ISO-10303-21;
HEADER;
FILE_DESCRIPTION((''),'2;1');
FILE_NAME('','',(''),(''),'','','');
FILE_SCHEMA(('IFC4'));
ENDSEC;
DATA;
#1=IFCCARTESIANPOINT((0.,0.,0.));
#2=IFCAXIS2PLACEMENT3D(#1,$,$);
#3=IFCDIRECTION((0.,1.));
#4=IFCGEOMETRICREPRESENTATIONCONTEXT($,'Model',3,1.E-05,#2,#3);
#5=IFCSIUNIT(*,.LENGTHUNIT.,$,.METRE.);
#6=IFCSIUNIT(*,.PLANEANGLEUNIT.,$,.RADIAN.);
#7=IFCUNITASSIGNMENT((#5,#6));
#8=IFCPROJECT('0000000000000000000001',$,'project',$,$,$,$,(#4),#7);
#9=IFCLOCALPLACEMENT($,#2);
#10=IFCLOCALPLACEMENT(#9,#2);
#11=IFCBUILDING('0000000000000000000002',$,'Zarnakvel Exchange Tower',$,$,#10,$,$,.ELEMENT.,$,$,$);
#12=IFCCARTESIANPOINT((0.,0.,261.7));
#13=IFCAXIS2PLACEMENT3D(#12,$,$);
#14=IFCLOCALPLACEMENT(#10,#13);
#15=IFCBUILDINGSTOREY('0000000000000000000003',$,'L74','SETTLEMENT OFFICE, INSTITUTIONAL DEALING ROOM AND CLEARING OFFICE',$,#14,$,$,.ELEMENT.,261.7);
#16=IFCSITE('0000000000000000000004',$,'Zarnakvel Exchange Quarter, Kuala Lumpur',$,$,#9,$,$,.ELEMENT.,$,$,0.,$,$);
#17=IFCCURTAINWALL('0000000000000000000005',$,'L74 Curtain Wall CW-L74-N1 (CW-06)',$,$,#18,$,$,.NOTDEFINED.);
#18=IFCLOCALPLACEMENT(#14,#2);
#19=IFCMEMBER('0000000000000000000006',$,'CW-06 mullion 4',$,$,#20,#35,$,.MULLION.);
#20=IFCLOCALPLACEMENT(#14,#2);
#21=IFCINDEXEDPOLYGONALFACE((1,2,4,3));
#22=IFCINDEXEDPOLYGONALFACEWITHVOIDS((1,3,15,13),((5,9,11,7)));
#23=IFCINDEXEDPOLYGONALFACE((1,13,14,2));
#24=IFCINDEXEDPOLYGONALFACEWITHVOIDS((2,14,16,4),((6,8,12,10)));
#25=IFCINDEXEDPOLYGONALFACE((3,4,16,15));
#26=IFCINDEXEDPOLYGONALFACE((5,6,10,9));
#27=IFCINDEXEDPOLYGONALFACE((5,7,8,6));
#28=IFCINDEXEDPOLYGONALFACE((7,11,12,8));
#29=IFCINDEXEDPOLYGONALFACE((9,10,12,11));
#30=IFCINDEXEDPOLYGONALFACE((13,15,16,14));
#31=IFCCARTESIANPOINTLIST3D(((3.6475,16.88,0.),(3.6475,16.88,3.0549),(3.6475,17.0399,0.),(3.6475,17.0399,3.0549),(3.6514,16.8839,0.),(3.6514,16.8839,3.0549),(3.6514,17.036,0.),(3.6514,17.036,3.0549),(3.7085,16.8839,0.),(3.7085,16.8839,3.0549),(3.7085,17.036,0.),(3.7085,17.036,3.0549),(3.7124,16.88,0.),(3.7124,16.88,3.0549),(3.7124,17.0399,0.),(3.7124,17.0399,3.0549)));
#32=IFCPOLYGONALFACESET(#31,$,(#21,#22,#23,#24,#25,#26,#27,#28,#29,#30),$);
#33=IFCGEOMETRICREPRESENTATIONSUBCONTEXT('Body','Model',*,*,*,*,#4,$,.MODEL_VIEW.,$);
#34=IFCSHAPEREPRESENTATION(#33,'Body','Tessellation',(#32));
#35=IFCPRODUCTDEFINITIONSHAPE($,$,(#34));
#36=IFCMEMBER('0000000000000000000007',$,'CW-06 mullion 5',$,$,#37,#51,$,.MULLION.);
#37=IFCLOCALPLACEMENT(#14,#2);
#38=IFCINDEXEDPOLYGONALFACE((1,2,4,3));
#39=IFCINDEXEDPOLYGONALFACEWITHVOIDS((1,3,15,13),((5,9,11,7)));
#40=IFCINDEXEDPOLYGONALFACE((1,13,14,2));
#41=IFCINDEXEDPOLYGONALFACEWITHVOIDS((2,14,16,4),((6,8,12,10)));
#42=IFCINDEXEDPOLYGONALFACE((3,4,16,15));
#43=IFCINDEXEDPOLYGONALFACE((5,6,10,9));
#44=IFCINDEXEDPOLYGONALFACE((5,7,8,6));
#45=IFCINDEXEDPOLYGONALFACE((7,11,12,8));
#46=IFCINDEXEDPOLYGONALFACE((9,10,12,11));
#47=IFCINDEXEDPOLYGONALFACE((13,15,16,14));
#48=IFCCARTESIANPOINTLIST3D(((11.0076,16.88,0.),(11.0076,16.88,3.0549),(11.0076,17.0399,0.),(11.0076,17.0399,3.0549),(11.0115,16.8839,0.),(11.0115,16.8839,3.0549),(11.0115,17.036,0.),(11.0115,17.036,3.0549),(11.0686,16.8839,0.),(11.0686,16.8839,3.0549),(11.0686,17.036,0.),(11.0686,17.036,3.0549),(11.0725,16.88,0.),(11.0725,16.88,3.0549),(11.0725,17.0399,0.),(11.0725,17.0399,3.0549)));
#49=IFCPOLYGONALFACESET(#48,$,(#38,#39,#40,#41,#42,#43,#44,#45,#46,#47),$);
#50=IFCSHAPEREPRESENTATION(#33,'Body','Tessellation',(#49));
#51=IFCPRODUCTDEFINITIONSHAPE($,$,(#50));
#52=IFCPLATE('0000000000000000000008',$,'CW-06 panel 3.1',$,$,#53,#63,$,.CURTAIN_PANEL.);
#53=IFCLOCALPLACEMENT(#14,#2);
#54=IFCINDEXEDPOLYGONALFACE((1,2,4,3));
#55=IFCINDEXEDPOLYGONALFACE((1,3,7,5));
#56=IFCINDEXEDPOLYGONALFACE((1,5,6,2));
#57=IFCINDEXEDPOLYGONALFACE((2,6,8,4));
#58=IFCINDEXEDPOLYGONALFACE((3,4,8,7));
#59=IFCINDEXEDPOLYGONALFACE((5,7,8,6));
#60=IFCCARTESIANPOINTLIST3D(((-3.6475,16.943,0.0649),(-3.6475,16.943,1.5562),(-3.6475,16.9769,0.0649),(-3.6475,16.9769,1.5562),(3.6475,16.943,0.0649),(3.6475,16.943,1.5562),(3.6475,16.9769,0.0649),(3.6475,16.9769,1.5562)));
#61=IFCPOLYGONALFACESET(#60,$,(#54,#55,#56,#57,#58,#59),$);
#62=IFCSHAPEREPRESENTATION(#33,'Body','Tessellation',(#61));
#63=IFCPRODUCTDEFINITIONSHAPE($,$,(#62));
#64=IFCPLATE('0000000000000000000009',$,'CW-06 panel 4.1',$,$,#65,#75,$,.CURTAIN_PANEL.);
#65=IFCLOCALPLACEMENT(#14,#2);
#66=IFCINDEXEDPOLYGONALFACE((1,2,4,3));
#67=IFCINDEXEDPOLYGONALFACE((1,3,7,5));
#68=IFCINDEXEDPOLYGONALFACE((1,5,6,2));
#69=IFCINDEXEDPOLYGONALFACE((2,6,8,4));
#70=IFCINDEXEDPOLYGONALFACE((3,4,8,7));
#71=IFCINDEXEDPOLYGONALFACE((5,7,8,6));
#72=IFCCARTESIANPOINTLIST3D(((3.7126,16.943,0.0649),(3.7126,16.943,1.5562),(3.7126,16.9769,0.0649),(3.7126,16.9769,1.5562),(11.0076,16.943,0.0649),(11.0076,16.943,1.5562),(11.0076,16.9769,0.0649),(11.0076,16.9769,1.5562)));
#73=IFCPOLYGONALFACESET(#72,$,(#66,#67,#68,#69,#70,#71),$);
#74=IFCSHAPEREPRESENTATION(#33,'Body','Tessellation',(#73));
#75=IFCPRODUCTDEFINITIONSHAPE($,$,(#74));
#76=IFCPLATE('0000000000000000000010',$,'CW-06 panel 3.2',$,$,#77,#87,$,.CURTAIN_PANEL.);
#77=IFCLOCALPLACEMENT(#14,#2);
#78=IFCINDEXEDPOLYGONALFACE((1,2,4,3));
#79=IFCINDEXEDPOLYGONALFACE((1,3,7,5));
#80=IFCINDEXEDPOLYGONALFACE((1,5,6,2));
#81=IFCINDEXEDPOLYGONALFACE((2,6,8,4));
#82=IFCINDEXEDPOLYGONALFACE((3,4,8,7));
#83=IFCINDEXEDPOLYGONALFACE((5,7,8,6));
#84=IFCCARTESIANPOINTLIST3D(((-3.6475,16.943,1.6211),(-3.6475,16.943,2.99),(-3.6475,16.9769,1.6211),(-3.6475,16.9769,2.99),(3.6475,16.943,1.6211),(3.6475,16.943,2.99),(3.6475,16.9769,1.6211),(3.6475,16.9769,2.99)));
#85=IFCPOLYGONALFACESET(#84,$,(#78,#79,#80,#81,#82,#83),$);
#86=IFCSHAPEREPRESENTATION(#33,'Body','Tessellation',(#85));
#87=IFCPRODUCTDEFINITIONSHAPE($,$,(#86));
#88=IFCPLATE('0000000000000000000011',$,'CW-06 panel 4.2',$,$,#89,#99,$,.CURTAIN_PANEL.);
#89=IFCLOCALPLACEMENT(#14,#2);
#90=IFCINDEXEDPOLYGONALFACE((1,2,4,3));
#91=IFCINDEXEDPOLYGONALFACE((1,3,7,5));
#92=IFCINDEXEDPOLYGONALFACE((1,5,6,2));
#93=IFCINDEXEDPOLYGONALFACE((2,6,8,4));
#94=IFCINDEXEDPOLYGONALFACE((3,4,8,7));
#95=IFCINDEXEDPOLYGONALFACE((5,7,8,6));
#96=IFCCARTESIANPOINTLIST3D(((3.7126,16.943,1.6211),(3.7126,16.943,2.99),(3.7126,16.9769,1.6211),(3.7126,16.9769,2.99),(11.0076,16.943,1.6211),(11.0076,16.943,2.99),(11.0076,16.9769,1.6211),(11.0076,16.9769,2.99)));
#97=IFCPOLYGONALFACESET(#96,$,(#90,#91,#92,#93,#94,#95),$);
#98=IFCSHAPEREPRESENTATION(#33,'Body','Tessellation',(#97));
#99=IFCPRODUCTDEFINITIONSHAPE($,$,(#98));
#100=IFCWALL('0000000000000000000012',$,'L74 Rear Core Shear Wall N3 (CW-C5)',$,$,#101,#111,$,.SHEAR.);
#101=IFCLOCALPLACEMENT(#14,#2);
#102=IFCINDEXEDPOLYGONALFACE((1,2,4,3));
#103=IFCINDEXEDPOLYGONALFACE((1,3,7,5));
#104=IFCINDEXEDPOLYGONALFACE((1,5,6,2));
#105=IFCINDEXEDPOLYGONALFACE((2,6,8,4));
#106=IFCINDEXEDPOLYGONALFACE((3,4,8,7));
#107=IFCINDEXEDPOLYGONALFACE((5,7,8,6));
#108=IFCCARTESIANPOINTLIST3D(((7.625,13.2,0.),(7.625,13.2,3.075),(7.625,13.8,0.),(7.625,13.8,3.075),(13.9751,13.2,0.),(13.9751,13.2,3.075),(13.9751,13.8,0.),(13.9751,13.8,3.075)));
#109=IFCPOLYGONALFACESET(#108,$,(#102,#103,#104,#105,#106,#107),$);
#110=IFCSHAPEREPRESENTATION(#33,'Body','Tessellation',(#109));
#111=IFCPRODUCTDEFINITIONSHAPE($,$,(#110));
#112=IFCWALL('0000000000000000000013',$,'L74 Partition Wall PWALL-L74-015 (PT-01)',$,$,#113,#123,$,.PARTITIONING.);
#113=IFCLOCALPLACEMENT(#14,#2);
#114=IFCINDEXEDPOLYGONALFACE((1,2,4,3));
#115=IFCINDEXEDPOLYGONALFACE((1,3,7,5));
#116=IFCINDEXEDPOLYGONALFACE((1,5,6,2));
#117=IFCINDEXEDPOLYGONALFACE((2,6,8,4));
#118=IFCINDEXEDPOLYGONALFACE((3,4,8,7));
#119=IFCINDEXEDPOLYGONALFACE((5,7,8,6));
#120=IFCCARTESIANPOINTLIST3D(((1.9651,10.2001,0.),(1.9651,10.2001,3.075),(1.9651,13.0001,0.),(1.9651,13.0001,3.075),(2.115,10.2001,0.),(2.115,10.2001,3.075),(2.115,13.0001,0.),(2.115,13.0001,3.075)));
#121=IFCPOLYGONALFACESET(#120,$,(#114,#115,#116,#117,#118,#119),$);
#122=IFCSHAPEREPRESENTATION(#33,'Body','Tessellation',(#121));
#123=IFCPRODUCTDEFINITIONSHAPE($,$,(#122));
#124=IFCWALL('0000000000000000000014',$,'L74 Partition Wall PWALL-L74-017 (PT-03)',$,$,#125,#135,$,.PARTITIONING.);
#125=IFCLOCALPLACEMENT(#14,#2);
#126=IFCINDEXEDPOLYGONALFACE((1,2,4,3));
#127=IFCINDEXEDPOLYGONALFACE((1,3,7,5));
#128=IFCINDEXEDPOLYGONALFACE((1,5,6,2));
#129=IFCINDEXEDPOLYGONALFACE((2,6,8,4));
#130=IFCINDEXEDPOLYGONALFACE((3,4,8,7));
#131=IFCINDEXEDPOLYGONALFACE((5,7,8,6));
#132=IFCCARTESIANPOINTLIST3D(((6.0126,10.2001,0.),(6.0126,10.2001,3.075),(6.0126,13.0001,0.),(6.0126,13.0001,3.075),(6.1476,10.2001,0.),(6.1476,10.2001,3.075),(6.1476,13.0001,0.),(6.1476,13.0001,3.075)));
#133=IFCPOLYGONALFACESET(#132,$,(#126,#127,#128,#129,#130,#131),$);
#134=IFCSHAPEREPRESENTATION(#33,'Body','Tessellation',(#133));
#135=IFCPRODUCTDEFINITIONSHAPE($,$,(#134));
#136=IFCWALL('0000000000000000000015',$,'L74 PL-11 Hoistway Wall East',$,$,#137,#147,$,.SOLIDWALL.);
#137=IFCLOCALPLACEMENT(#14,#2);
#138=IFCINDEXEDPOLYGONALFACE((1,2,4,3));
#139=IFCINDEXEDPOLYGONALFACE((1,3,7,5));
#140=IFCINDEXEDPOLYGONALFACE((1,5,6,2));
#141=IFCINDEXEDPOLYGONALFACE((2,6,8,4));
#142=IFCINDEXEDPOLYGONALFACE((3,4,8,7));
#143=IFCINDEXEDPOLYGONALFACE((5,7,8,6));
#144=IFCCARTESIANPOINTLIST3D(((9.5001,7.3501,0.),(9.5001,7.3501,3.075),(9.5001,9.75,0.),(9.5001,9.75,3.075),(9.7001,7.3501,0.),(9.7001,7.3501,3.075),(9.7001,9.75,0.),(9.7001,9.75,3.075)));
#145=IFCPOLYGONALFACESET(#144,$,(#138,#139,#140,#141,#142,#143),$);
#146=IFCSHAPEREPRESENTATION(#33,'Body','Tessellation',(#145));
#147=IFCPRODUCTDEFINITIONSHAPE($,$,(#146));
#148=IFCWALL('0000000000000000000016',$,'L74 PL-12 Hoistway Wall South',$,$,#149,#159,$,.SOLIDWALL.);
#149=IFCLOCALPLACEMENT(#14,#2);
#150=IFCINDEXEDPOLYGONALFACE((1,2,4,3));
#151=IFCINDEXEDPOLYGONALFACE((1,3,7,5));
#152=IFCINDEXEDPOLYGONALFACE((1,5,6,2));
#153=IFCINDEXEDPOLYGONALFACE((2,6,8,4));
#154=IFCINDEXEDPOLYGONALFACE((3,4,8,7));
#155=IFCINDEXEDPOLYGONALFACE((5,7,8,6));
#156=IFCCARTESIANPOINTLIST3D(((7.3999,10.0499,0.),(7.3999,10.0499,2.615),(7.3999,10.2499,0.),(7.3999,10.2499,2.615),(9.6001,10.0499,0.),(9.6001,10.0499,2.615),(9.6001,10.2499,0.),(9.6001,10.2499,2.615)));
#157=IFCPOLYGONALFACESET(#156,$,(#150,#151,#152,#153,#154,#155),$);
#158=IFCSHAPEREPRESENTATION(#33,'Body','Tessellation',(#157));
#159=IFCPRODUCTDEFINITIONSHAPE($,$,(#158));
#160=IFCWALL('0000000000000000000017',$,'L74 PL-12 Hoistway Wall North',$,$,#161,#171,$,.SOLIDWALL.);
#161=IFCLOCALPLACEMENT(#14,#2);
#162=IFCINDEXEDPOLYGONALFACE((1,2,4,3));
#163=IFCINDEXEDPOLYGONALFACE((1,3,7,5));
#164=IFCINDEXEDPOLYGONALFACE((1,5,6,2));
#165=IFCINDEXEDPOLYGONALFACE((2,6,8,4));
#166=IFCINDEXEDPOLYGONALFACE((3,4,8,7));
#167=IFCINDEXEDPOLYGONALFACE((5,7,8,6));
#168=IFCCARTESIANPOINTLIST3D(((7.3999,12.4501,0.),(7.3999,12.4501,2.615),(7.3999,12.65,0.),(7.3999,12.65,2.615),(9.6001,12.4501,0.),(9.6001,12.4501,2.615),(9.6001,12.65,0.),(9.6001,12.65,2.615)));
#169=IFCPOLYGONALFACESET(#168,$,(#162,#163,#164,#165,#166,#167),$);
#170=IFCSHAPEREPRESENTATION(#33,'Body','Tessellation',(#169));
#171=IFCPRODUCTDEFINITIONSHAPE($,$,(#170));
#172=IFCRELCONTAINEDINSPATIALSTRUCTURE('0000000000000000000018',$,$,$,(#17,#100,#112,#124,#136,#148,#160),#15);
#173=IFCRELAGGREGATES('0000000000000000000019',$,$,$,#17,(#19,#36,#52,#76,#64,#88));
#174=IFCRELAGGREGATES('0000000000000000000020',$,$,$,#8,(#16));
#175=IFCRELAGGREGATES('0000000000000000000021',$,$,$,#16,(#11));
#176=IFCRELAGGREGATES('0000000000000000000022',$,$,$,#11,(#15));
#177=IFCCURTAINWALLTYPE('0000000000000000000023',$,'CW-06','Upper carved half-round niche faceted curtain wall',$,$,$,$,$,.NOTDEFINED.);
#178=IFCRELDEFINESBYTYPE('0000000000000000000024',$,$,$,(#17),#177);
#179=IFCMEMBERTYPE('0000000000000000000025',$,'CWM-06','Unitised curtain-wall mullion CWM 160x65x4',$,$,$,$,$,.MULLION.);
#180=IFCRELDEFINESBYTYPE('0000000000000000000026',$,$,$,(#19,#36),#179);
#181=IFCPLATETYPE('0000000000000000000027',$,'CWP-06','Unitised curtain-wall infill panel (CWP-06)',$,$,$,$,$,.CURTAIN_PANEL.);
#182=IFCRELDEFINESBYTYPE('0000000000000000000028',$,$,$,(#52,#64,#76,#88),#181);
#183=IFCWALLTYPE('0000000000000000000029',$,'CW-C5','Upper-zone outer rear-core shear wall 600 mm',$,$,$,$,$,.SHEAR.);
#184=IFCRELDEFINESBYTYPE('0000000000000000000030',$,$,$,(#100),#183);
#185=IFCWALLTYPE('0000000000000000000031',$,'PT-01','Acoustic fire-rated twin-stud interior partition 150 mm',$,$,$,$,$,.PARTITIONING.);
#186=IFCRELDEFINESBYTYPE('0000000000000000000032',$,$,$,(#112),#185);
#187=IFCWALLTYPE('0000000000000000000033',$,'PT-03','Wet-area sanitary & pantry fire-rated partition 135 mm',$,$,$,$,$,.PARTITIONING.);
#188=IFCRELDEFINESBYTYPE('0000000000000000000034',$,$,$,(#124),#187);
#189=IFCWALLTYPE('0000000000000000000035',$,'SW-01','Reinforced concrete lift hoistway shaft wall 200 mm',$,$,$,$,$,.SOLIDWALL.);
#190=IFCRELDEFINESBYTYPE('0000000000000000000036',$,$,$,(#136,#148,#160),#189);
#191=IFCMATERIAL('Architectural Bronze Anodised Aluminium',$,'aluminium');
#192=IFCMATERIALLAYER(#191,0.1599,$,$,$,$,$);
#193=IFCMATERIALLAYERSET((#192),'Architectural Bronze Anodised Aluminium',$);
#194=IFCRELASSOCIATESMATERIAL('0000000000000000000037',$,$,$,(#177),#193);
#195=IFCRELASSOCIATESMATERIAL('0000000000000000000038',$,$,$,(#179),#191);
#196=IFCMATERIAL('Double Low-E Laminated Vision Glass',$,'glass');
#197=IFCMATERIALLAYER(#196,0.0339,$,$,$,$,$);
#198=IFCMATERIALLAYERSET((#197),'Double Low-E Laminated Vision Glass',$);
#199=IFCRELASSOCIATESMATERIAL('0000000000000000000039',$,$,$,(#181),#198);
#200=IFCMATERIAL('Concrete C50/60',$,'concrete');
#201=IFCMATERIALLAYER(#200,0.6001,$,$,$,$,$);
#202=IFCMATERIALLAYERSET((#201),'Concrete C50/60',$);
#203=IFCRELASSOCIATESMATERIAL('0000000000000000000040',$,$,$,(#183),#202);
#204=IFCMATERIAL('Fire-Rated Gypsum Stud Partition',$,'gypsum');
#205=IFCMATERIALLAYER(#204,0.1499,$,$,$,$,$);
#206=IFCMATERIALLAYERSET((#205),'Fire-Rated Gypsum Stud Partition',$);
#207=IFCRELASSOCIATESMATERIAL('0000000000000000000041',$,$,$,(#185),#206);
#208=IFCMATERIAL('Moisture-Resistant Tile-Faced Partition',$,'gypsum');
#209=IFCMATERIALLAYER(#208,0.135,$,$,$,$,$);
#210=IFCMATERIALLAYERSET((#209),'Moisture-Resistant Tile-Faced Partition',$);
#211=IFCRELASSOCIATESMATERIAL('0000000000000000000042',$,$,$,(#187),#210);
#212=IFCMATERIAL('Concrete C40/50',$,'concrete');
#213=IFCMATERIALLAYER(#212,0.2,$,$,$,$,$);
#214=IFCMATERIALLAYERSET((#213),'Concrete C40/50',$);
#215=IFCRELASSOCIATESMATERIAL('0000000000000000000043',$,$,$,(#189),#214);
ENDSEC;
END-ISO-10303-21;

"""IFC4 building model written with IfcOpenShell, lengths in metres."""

from ifc_helpers import new_model, si_unit, direction, frame, frame_2d, origin, origin_2d, place, context, subcontext, project, spatial, rectangle, hollow_rectangle, extrude, source, transform, mapped, material, layer, layer_set, material_profile, profile_set, type_object, element, aggregate, save


model = new_model("IFC4")

# Units and contexts
model_context = context("Model", 3, precision=1e-05, world=origin(), true_north=direction((0.0, 1.0)))
body_context = subcontext(model_context, "Body", "Model", "MODEL_VIEW")
ifc_project = project(units=[si_unit("LENGTHUNIT", "METRE"), si_unit("PLANEANGLEUNIT", "RADIAN")], contexts=[model_context])

# Site, building, storey
site_placement = place(None, origin())
site = spatial("IfcSite", under=ifc_project, at=site_placement, Name="Zarnakvel Exchange Quarter, Kuala Lumpur", CompositionType="ELEMENT", RefElevation=0.0)
building_placement = place(site_placement, origin())
building = spatial("IfcBuilding", under=site, at=building_placement, Name="Zarnakvel Exchange Tower", CompositionType="ELEMENT")
storey_placement = place(building_placement, frame((0.0, 0.0, 261.7)))
storey = spatial("IfcBuildingStorey", under=building, at=storey_placement, Name="L74", Description="SETTLEMENT OFFICE, INSTITUTIONAL DEALING ROOM AND CLEARING OFFICE", CompositionType="ELEMENT", Elevation=261.7)

# Shared definitions
ifc_material_1 = material(Name="Concrete C50/60", Category="concrete")

# Curtain wall, members, plates
ifc_material_2 = material(Name="Architectural Bronze Anodised Aluminium", Category="aluminium")
ifc_layer_1 = layer(ifc_material_2, 0.1599)
ifc_layer_set_1 = layer_set([ifc_layer_1], Name="Architectural Bronze Anodised Aluminium")
curtain_wall_type = type_object("IfcCurtainWallType", Name="CW-06", Description="Upper carved half-round niche faceted curtain wall", PredefinedType="NOTDEFINED", material=ifc_layer_set_1)
curtain_wall_placement = place(storey_placement, origin())
curtain_wall = element("IfcCurtainWall", 1, at=curtain_wall_placement, inside=storey, type_object=curtain_wall_type, Name="L74 Curtain Wall CW-L74-N1 (CW-06)", PredefinedType="NOTDEFINED")
ifc_material_profile_1 = material_profile(ifc_material_2, hollow_rectangle(XDim=0.1599, YDim=0.0649, WallThickness=0.0039, at=origin_2d()))
ifc_profile_set_1 = profile_set([ifc_material_profile_1], Name="Architectural Bronze Anodised Aluminium")
member_type_1 = type_object("IfcMemberType", Name="CWM-06", Description="Unitised curtain-wall mullion CWM 160x65x4", PredefinedType="MULLION", material=ifc_profile_set_1)
shared_shape_1 = source(origin(), body_context, "Body", "SweptSolid", [
    extrude(hollow_rectangle(XDim=0.1599, YDim=0.0649, WallThickness=0.0039, at=origin_2d()), origin(), (0.0, 0.0, 1.0), 3.0549),
])
member_1_placement = place(storey_placement, frame((3.6799, 16.96, 0.0), z_axis=(0.0, 0.0, 1.0), x_axis=(0.0, 1.0, 0.0)))
member_1 = element("IfcMember", 2, at=member_1_placement, type_object=member_type_1, Name="CW-06 mullion 4", PredefinedType="MULLION", context=body_context, shape_type="MappedRepresentation", body=[
    mapped(shared_shape_1, transform((0.0, 0.0, 0.0), x_axis=(1.0, 0.0, 0.0), y_axis=(0.0, 1.0, 0.0), z_axis=(0.0, 0.0, 1.0), scale=1.0)),
])
member_2_placement = place(storey_placement, frame((11.04, 16.96, 0.0), z_axis=(0.0, 0.0, 1.0), x_axis=(0.0, 1.0, 0.0)))
member_2 = element("IfcMember", 3, at=member_2_placement, type_object=member_type_1, Name="CW-06 mullion 5", PredefinedType="MULLION", context=body_context, shape_type="MappedRepresentation", body=[
    mapped(shared_shape_1, transform((0.0, 0.0, 0.0), x_axis=(1.0, 0.0, 0.0), y_axis=(0.0, 1.0, 0.0), z_axis=(0.0, 0.0, 1.0), scale=1.0)),
])
ifc_material_3 = material(Name="Double Low-E Laminated Vision Glass", Category="glass")
ifc_layer_2 = layer(ifc_material_3, 0.0339)
ifc_layer_set_2 = layer_set([ifc_layer_2], Name="Double Low-E Laminated Vision Glass")
plate_type = type_object("IfcPlateType", Name="CWP-06", Description="Unitised curtain-wall infill panel (CWP-06)", PredefinedType="CURTAIN_PANEL", material=ifc_layer_set_2)
shared_shape_2 = source(origin(), body_context, "Body", "SweptSolid", [
    extrude(rectangle(XDim=7.2949, YDim=0.0339, at=origin_2d()), origin(), (0.0, 0.0, 1.0), 1.4912),
])
plate_1_placement = place(storey_placement, frame((0.0, 16.96, 0.0649), z_axis=(0.0, 0.0, 1.0), x_axis=(1.0, 0.0, 0.0)))
plate_1 = element("IfcPlate", 4, at=plate_1_placement, type_object=plate_type, Name="CW-06 panel 3.1", PredefinedType="CURTAIN_PANEL", context=body_context, shape_type="MappedRepresentation", body=[
    mapped(shared_shape_2, transform((0.0, 0.0, 0.0), x_axis=(1.0, 0.0, 0.0), y_axis=(0.0, 1.0, 0.0), z_axis=(0.0, 0.0, 1.0), scale=1.0)),
])
plate_2_placement = place(storey_placement, frame((7.3601, 16.96, 0.0649), z_axis=(0.0, 0.0, 1.0), x_axis=(1.0, 0.0, 0.0)))
plate_2 = element("IfcPlate", 5, at=plate_2_placement, type_object=plate_type, Name="CW-06 panel 4.1", PredefinedType="CURTAIN_PANEL", context=body_context, shape_type="MappedRepresentation", body=[
    mapped(shared_shape_2, transform((0.0, 0.0, 0.0), x_axis=(1.0, 0.0, 0.0), y_axis=(0.0, 1.0, 0.0), z_axis=(0.0, 0.0, 1.0), scale=1.0)),
])
shared_shape_3 = source(origin(), body_context, "Body", "SweptSolid", [
    extrude(rectangle(XDim=7.2949, YDim=0.0339, at=origin_2d()), origin(), (0.0, 0.0, 1.0), 1.3689),
])
plate_3_placement = place(storey_placement, frame((0.0, 16.96, 1.6211), z_axis=(0.0, 0.0, 1.0), x_axis=(1.0, 0.0, 0.0)))
plate_3 = element("IfcPlate", 6, at=plate_3_placement, type_object=plate_type, Name="CW-06 panel 3.2", PredefinedType="CURTAIN_PANEL", context=body_context, shape_type="MappedRepresentation", body=[
    mapped(shared_shape_3, transform((0.0, 0.0, 0.0), x_axis=(1.0, 0.0, 0.0), y_axis=(0.0, 1.0, 0.0), z_axis=(0.0, 0.0, 1.0), scale=1.0)),
])
plate_4_placement = place(storey_placement, frame((7.3601, 16.96, 1.6211), z_axis=(0.0, 0.0, 1.0), x_axis=(1.0, 0.0, 0.0)))
plate_4 = element("IfcPlate", 7, at=plate_4_placement, type_object=plate_type, Name="CW-06 panel 4.2", PredefinedType="CURTAIN_PANEL", context=body_context, shape_type="MappedRepresentation", body=[
    mapped(shared_shape_3, transform((0.0, 0.0, 0.0), x_axis=(1.0, 0.0, 0.0), y_axis=(0.0, 1.0, 0.0), z_axis=(0.0, 0.0, 1.0), scale=1.0)),
])
aggregate(curtain_wall, [member_1, member_2, plate_1, plate_3, plate_2, plate_4])

# Wall
ifc_layer_3 = layer(ifc_material_1, 0.6001)
ifc_layer_set_3 = layer_set([ifc_layer_3], Name="Concrete C50/60")
wall_type_1 = type_object("IfcWallType", Name="CW-C5", Description="Upper-zone outer rear-core shear wall 600 mm", PredefinedType="SHEAR", material=ifc_layer_set_3)
wall_1_placement = place(storey_placement, frame((7.625, 13.5, 0.0), z_axis=(0.0, 0.0, 1.0), x_axis=(1.0, 0.0, 0.0)))
element("IfcWall", 8, at=wall_1_placement, inside=storey, type_object=wall_type_1, Name="L74 Rear Core Shear Wall N3 (CW-C5)", PredefinedType="SHEAR", context=body_context, shape_type="SweptSolid", body=[
    extrude(rectangle(XDim=6.3501, YDim=0.6001, at=frame_2d((3.175, 0.0))), origin(), (0.0, 0.0, 1.0), 3.075),
])

# Shared definitions
ifc_material_4 = material(Name="Fire-Rated Gypsum Stud Partition", Category="gypsum")
ifc_layer_4 = layer(ifc_material_4, 0.1499)
ifc_layer_set_4 = layer_set([ifc_layer_4], Name="Fire-Rated Gypsum Stud Partition")
wall_type_2 = type_object("IfcWallType", Name="PT-01", Description="Acoustic fire-rated twin-stud interior partition 150 mm", PredefinedType="PARTITIONING", material=ifc_layer_set_4)

# Wall
wall_2_placement = place(storey_placement, frame((2.04, 13.0, 0.0), z_axis=(0.0, 0.0, 1.0), x_axis=(0.0, -1.0, 0.0)))
element("IfcWall", 9, at=wall_2_placement, inside=storey, type_object=wall_type_2, Name="L74 Partition Wall PWALL-L74-015 (PT-01)", PredefinedType="PARTITIONING", context=body_context, shape_type="SweptSolid", body=[
    extrude(rectangle(XDim=2.8, YDim=0.1499, at=frame_2d((1.3999, 0.0))), origin(), (0.0, 0.0, 1.0), 3.075),
])

# Shared definitions
ifc_material_5 = material(Name="Moisture-Resistant Tile-Faced Partition", Category="gypsum")
ifc_layer_5 = layer(ifc_material_5, 0.135)
ifc_layer_set_5 = layer_set([ifc_layer_5], Name="Moisture-Resistant Tile-Faced Partition")
wall_type_3 = type_object("IfcWallType", Name="PT-03", Description="Wet-area sanitary & pantry fire-rated partition 135 mm", PredefinedType="PARTITIONING", material=ifc_layer_set_5)

# Walls
wall_3_placement = place(storey_placement, frame((6.0801, 13.0, 0.0), z_axis=(0.0, 0.0, 1.0), x_axis=(0.0, -1.0, 0.0)))
element("IfcWall", 10, at=wall_3_placement, inside=storey, type_object=wall_type_3, Name="L74 Partition Wall PWALL-L74-017 (PT-03)", PredefinedType="PARTITIONING", context=body_context, shape_type="SweptSolid", body=[
    extrude(rectangle(XDim=2.8, YDim=0.135, at=frame_2d((1.3999, 0.0))), origin(), (0.0, 0.0, 1.0), 3.075),
])
ifc_material_6 = material(Name="Concrete C40/50", Category="concrete")
ifc_layer_6 = layer(ifc_material_6, 0.2)
ifc_layer_set_6 = layer_set([ifc_layer_6], Name="Concrete C40/50")
wall_type_4 = type_object("IfcWallType", Name="SW-01", Description="Reinforced concrete lift hoistway shaft wall 200 mm", PredefinedType="SOLIDWALL", material=ifc_layer_set_6)
wall_4_placement = place(storey_placement, frame((9.6001, 9.75, 0.0), z_axis=(0.0, 0.0, 1.0), x_axis=(0.0, -1.0, 0.0)))
element("IfcWall", 11, at=wall_4_placement, inside=storey, type_object=wall_type_4, Name="L74 PL-11 Hoistway Wall East", PredefinedType="SOLIDWALL", context=body_context, shape_type="SweptSolid", body=[
    extrude(rectangle(XDim=2.3999, YDim=0.2, at=frame_2d((1.2, 0.0))), origin(), (0.0, 0.0, 1.0), 3.075),
])
for number, where, z_axis, x_axis, name in (
    (12, (9.6001, 10.1499, 0.0), (0.0, 0.0, 1.0), (-1.0, 0.0, 0.0), "L74 PL-12 Hoistway Wall South"),
    (13, (7.3999, 12.55, 0.0), (0.0, 0.0, 1.0), (1.0, 0.0, 0.0), "L74 PL-12 Hoistway Wall North"),
):
    element("IfcWall", number, at=place(storey_placement, frame(where, z_axis=z_axis, x_axis=x_axis)), inside=storey, type_object=wall_type_4, Name=name, PredefinedType="SOLIDWALL", context=body_context, shape_type="SweptSolid", body=[
        extrude(rectangle(XDim=2.2002, YDim=0.2, at=frame_2d((1.1001, 0.0))), origin(), (0.0, 0.0, 1.0), 2.615),
    ])

save(model, "model.ifc")
